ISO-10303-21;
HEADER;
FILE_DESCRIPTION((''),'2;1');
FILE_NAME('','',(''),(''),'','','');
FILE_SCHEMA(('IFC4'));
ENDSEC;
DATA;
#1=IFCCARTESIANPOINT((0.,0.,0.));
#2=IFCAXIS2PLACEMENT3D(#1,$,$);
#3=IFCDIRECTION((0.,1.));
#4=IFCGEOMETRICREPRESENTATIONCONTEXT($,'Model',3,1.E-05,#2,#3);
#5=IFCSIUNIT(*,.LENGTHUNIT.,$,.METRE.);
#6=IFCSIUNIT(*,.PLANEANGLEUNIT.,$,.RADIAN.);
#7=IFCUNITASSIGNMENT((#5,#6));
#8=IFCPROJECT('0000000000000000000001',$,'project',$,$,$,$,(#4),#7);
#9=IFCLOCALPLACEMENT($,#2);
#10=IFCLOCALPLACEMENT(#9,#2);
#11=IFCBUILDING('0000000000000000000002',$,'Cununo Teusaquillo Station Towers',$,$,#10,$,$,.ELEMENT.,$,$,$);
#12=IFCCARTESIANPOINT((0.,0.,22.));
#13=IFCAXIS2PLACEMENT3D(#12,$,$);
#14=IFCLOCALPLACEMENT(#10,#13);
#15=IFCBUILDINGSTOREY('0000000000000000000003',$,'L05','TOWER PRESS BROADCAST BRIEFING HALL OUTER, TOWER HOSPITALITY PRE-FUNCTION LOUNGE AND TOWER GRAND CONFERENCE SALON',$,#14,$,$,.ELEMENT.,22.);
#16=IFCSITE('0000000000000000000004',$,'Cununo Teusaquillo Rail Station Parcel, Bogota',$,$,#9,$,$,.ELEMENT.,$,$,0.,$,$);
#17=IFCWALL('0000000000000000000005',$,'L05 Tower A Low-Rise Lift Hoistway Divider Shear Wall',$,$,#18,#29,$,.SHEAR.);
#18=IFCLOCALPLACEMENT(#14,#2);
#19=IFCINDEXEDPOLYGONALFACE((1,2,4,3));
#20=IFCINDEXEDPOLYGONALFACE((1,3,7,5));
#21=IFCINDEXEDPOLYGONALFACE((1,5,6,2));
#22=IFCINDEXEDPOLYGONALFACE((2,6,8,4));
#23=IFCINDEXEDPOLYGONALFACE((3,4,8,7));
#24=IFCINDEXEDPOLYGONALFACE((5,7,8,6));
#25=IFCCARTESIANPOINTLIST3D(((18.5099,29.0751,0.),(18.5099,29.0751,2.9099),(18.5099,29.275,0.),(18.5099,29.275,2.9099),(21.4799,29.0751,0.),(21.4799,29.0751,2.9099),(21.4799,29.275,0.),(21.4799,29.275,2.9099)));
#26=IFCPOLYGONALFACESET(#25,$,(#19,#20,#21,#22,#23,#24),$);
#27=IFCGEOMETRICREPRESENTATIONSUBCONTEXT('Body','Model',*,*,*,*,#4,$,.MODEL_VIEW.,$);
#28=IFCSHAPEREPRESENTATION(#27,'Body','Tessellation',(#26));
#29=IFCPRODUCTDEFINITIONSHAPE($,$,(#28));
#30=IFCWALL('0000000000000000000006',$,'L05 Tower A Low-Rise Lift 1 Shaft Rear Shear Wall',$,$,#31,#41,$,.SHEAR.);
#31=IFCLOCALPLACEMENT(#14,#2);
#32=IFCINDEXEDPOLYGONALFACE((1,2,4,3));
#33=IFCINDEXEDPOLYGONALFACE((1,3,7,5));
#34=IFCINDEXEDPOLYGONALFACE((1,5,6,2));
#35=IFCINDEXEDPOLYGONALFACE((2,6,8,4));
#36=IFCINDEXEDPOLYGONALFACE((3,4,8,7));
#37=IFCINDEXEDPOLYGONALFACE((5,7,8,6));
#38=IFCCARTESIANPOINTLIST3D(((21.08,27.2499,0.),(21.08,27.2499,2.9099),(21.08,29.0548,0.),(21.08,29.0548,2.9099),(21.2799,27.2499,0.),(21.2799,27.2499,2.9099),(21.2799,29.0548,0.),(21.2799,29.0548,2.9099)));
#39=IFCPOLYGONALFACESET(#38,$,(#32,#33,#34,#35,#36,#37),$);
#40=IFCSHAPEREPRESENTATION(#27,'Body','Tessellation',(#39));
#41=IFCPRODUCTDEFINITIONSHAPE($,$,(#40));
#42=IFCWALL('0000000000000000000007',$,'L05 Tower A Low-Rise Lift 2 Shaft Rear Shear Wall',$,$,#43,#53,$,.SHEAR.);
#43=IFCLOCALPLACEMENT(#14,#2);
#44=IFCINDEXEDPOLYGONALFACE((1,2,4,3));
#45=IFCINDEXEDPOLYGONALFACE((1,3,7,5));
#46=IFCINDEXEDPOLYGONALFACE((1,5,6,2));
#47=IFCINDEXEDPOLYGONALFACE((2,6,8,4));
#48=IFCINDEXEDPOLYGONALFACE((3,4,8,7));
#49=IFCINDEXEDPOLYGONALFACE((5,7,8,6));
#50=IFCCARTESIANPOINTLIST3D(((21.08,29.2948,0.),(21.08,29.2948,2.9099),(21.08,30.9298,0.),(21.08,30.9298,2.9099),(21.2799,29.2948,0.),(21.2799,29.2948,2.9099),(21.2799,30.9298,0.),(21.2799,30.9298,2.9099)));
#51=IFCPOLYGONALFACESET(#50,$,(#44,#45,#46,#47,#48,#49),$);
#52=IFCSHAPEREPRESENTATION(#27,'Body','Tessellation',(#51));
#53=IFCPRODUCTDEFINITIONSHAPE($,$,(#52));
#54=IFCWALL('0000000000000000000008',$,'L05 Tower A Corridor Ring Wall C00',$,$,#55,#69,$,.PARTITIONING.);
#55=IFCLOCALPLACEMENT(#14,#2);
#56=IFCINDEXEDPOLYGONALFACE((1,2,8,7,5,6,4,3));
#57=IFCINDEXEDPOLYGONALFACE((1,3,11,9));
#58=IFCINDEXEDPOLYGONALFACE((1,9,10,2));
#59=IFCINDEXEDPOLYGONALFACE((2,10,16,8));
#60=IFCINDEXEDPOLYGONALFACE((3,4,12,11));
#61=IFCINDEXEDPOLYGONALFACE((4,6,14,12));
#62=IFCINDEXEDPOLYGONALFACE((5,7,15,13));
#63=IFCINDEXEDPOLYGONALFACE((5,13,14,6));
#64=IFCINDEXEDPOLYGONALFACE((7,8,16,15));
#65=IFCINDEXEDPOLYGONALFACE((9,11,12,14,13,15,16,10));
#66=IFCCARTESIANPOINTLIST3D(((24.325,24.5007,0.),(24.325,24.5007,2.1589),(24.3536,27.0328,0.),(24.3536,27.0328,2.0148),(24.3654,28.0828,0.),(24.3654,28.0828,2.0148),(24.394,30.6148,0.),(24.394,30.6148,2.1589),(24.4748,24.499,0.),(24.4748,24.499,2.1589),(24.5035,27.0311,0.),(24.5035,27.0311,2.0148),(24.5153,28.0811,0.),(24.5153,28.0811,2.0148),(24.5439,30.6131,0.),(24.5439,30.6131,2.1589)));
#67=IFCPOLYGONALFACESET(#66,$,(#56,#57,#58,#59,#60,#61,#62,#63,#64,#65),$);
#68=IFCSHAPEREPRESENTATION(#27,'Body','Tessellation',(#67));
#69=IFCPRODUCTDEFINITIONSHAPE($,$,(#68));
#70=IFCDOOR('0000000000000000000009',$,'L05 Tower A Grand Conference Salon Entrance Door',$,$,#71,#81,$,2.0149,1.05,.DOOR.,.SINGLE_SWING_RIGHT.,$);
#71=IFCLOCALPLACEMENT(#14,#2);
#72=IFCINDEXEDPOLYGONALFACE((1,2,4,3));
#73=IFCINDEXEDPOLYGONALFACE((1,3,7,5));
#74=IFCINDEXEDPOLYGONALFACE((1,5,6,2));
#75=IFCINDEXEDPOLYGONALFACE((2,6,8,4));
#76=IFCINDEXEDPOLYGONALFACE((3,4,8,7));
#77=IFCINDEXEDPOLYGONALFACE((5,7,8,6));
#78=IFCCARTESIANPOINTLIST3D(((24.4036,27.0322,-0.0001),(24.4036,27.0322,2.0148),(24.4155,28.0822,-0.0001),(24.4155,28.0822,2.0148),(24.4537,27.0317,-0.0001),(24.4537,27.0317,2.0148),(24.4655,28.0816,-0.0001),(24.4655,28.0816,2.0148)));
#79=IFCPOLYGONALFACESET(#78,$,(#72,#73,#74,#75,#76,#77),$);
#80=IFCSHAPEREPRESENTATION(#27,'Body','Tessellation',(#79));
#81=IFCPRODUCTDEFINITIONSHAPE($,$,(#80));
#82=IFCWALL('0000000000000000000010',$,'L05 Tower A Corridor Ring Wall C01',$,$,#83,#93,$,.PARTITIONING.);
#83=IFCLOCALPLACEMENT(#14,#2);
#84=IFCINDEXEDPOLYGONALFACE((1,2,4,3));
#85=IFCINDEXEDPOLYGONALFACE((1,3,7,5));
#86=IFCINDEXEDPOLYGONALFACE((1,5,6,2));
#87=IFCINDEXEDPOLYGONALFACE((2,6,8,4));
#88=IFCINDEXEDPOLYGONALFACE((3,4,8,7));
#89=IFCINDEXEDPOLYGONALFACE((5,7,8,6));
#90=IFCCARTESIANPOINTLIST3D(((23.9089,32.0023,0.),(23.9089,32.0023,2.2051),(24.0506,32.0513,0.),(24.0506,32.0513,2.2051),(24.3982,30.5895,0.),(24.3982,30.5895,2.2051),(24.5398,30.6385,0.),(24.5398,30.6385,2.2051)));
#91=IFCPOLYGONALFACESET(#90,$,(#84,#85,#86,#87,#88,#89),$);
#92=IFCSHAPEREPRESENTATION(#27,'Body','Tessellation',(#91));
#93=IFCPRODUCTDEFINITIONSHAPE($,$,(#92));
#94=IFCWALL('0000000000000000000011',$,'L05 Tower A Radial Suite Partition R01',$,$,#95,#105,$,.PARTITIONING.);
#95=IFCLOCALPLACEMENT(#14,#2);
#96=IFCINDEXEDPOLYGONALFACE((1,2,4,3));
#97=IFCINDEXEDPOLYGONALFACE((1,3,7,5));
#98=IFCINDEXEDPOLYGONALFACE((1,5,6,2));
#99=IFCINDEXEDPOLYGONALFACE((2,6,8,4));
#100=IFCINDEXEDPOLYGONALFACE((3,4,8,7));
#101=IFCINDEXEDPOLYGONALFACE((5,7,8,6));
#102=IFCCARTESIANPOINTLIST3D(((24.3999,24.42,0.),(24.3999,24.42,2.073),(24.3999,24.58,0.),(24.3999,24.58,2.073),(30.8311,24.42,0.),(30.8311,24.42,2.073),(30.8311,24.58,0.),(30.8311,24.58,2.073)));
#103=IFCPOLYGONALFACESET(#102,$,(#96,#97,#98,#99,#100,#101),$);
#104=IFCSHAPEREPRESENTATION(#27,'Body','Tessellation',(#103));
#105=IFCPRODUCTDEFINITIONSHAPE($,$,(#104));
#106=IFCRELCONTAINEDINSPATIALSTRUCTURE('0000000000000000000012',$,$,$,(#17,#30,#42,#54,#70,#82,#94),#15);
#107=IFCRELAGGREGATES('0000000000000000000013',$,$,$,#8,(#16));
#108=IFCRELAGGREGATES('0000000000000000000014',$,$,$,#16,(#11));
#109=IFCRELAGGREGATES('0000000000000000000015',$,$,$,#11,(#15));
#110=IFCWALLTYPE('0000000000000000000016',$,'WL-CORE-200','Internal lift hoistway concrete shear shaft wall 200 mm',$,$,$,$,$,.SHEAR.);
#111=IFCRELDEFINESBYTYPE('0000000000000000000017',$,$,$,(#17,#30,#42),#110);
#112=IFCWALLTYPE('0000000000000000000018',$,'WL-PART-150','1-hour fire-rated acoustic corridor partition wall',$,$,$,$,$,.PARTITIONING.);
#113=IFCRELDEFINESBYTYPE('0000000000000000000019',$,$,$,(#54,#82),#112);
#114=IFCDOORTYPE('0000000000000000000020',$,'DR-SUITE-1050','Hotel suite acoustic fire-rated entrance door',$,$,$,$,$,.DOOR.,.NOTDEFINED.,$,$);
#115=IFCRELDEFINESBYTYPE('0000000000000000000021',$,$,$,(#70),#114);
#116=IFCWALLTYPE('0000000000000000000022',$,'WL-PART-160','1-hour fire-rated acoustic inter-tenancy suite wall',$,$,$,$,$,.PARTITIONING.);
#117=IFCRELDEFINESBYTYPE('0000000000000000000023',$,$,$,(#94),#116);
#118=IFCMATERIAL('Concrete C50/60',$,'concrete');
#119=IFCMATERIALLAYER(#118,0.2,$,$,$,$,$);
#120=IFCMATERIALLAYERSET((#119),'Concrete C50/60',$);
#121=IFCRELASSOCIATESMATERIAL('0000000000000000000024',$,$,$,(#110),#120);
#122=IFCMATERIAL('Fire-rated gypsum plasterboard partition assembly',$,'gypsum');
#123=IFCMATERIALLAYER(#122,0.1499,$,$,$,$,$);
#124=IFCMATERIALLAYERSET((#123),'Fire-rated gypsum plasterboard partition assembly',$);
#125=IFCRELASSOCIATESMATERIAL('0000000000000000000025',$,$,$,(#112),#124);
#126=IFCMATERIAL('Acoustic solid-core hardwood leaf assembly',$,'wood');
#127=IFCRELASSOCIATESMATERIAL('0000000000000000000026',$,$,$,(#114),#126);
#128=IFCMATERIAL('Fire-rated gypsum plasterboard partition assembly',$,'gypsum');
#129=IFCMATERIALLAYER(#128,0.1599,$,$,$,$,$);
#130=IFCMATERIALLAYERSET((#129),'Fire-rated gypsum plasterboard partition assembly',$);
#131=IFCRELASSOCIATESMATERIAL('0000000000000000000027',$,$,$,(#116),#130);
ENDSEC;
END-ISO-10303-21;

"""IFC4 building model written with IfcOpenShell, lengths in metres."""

from ifc_helpers import new_model, si_unit, direction, frame, frame_2d, origin, place, context, subcontext, project, spatial, rectangle, extrude, source, transform, mapped, material, layer, layer_set, type_object, element, fill, save


model = new_model("IFC4")

# Units and contexts
model_context = context("Model", 3, precision=1e-05, world=origin(), true_north=direction((0.0, 1.0)))
body_context = subcontext(model_context, "Body", "Model", "MODEL_VIEW")
ifc_project = project(units=[si_unit("LENGTHUNIT", "METRE"), si_unit("PLANEANGLEUNIT", "RADIAN")], contexts=[model_context])

# Site, building, storey
site_placement = place(None, origin())
site = spatial("IfcSite", under=ifc_project, at=site_placement, Name="Cununo Teusaquillo Rail Station Parcel, Bogota", CompositionType="ELEMENT", RefElevation=0.0)
building_placement = place(site_placement, origin())
building = spatial("IfcBuilding", under=site, at=building_placement, Name="Cununo Teusaquillo Station Towers", CompositionType="ELEMENT")
storey_placement = place(building_placement, frame((0.0, 0.0, 22.0)))
storey = spatial("IfcBuildingStorey", under=building, at=storey_placement, Name="L05", Description="TOWER PRESS BROADCAST BRIEFING HALL OUTER, TOWER HOSPITALITY PRE-FUNCTION LOUNGE AND TOWER GRAND CONFERENCE SALON", CompositionType="ELEMENT", Elevation=22.0)

# Walls
ifc_material_1 = material(Name="Concrete C50/60", Category="concrete")
ifc_layer_1 = layer(ifc_material_1, 0.2)
ifc_layer_set_1 = layer_set([ifc_layer_1], Name="Concrete C50/60")
wall_type_1 = type_object("IfcWallType", Name="WL-CORE-200", Description="Internal lift hoistway concrete shear shaft wall 200 mm", PredefinedType="SHEAR", material=ifc_layer_set_1)
for number, where, z_axis, x_axis, name in (
    (1, (18.51, 29.175, 0.0), (0.0, 0.0, 1.0), (1.0, 0.0, 0.0), "L05 Tower A Low-Rise Lift Hoistway Divider Shear Wall"),
):
    element("IfcWall", number, at=place(storey_placement, frame(where, z_axis=z_axis, x_axis=x_axis)), inside=storey, type_object=wall_type_1, Name=name, PredefinedType="SHEAR", context=body_context, shape_type="SweptSolid", body=[
        extrude(rectangle(XDim=2.97, YDim=0.2, at=frame_2d((1.4849, 0.0))), origin(), (0.0, 0.0, 1.0), 2.9099),
    ])
wall_1_placement = place(storey_placement, frame((21.1799, 27.25, 0.0), z_axis=(0.0, 0.0, 1.0), x_axis=(0.0, 1.0, 0.0)))
element("IfcWall", 2, at=wall_1_placement, inside=storey, type_object=wall_type_1, Name="L05 Tower A Low-Rise Lift 1 Shaft Rear Shear Wall", PredefinedType="SHEAR", context=body_context, shape_type="SweptSolid", body=[
    extrude(rectangle(XDim=1.8049, YDim=0.2, at=frame_2d((0.9023, 0.0))), origin(), (0.0, 0.0, 1.0), 2.9099),
])
wall_2_placement = place(storey_placement, frame((21.1799, 29.2949, 0.0), z_axis=(0.0, 0.0, 1.0), x_axis=(0.0, 1.0, 0.0)))
element("IfcWall", 3, at=wall_2_placement, inside=storey, type_object=wall_type_1, Name="L05 Tower A Low-Rise Lift 2 Shaft Rear Shear Wall", PredefinedType="SHEAR", context=body_context, shape_type="SweptSolid", body=[
    extrude(rectangle(XDim=1.635, YDim=0.2, at=frame_2d((0.8174, 0.0))), origin(), (0.0, 0.0, 1.0), 2.9099),
])

# Wall, opening, door
ifc_material_2 = material(Name="Fire-rated gypsum plasterboard partition assembly", Category="gypsum")
ifc_layer_2 = layer(ifc_material_2, 0.1499)
ifc_layer_set_2 = layer_set([ifc_layer_2], Name="Fire-rated gypsum plasterboard partition assembly")
wall_type_2 = type_object("IfcWallType", Name="WL-PART-150", Description="1-hour fire-rated acoustic corridor partition wall", PredefinedType="PARTITIONING", material=ifc_layer_set_2)
wall_3_placement = place(storey_placement, frame((24.3999, 24.5, 0.0), z_axis=(0.0, 0.0, 1.0), x_axis=(0.0113, 0.999936, 0.0)))
wall_3 = element("IfcWall", 4, at=wall_3_placement, inside=storey, type_object=wall_type_2, Name="L05 Tower A Corridor Ring Wall C00", PredefinedType="PARTITIONING", context=body_context, shape_type="SweptSolid", body=[
    extrude(rectangle(XDim=6.1145, YDim=0.1499, at=frame_2d((3.0571, 0.0))), origin(), (0.0, 0.0, 1.0), 2.1589),
])
shared_shape_1 = source(origin(), body_context, "Body", "SweptSolid", [
    extrude(rectangle(XDim=1.05, YDim=2.0149, at=frame_2d((0.5249, 1.0073))), frame((0.0, 0.085, 0.0), z_axis=(0.0, -1.0, 0.0), x_axis=(1.0, 0.0, 0.0)), (0.0, 0.0, 1.0), 0.1699),
])
opening_placement = place(wall_3_placement, frame((2.5322, 0.0, 0.0)))
opening = element("IfcOpeningElement", 5, at=opening_placement, cuts=wall_3, PredefinedType="OPENING", context=body_context, shape_type="MappedRepresentation", body=[
    mapped(shared_shape_1, transform((0.0, 0.0, 0.0), x_axis=(1.0, 0.0, 0.0), y_axis=(0.0, 1.0, 0.0), z_axis=(0.0, 0.0, 1.0), scale=1.0)),
])
ifc_material_3 = material(Name="Acoustic solid-core hardwood leaf assembly", Category="wood")
door_type = type_object("IfcDoorType", Name="DR-SUITE-1050", Description="Hotel suite acoustic fire-rated entrance door", OperationType="NOTDEFINED", PredefinedType="DOOR", material=ifc_material_3)
shared_shape_2 = source(origin(), body_context, "Body", "SweptSolid", [
    extrude(rectangle(XDim=1.05, YDim=2.0149, at=frame_2d((0.5249, 1.0073))), frame((0.0, 0.0249, 0.0), z_axis=(0.0, -1.0, 0.0), x_axis=(1.0, 0.0, 0.0)), (0.0, 0.0, 1.0), 0.05),
])
door_placement = place(opening_placement, origin())
door = element("IfcDoor", 6, at=door_placement, inside=storey, type_object=door_type, Name="L05 Tower A Grand Conference Salon Entrance Door", OperationType="SINGLE_SWING_RIGHT", OverallHeight=2.0149, OverallWidth=1.05, PredefinedType="DOOR", context=body_context, shape_type="MappedRepresentation", body=[
    mapped(shared_shape_2, transform((0.0, 0.0, 0.0), x_axis=(1.0, 0.0, 0.0), y_axis=(0.0, 1.0, 0.0), z_axis=(0.0, 0.0, 1.0), scale=1.0)),
])
fill(opening, door)

# Walls
wall_4_placement = place(storey_placement, frame((24.469, 30.614, 0.0), z_axis=(0.0, 0.0, 1.0), x_axis=(-0.327228, 0.944945, 0.0)))
element("IfcWall", 7, at=wall_4_placement, inside=storey, type_object=wall_type_2, Name="L05 Tower A Corridor Ring Wall C01", PredefinedType="PARTITIONING", context=body_context, shape_type="SweptSolid", body=[
    extrude(rectangle(XDim=1.4951, YDim=0.1499, at=frame_2d((0.7476, 0.0))), origin(), (0.0, 0.0, 1.0), 2.2051),
])
ifc_material_4 = material(Name="Fire-rated gypsum plasterboard partition assembly", Category="gypsum")
ifc_layer_3 = layer(ifc_material_4, 0.1599)
ifc_layer_set_3 = layer_set([ifc_layer_3], Name="Fire-rated gypsum plasterboard partition assembly")
wall_type_3 = type_object("IfcWallType", Name="WL-PART-160", Description="1-hour fire-rated acoustic inter-tenancy suite wall", PredefinedType="PARTITIONING", material=ifc_layer_set_3)
wall_5_placement = place(storey_placement, frame((24.3999, 24.5, 0.0), z_axis=(0.0, 0.0, 1.0), x_axis=(1.0, 0.0, 0.0)))
element("IfcWall", 8, at=wall_5_placement, inside=storey, type_object=wall_type_3, Name="L05 Tower A Radial Suite Partition R01", PredefinedType="PARTITIONING", context=body_context, shape_type="SweptSolid", body=[
    extrude(rectangle(XDim=6.4312, YDim=0.1599, at=frame_2d((3.2156, 0.0))), origin(), (0.0, 0.0, 1.0), 2.073),
])

save(model, "model.ifc")
